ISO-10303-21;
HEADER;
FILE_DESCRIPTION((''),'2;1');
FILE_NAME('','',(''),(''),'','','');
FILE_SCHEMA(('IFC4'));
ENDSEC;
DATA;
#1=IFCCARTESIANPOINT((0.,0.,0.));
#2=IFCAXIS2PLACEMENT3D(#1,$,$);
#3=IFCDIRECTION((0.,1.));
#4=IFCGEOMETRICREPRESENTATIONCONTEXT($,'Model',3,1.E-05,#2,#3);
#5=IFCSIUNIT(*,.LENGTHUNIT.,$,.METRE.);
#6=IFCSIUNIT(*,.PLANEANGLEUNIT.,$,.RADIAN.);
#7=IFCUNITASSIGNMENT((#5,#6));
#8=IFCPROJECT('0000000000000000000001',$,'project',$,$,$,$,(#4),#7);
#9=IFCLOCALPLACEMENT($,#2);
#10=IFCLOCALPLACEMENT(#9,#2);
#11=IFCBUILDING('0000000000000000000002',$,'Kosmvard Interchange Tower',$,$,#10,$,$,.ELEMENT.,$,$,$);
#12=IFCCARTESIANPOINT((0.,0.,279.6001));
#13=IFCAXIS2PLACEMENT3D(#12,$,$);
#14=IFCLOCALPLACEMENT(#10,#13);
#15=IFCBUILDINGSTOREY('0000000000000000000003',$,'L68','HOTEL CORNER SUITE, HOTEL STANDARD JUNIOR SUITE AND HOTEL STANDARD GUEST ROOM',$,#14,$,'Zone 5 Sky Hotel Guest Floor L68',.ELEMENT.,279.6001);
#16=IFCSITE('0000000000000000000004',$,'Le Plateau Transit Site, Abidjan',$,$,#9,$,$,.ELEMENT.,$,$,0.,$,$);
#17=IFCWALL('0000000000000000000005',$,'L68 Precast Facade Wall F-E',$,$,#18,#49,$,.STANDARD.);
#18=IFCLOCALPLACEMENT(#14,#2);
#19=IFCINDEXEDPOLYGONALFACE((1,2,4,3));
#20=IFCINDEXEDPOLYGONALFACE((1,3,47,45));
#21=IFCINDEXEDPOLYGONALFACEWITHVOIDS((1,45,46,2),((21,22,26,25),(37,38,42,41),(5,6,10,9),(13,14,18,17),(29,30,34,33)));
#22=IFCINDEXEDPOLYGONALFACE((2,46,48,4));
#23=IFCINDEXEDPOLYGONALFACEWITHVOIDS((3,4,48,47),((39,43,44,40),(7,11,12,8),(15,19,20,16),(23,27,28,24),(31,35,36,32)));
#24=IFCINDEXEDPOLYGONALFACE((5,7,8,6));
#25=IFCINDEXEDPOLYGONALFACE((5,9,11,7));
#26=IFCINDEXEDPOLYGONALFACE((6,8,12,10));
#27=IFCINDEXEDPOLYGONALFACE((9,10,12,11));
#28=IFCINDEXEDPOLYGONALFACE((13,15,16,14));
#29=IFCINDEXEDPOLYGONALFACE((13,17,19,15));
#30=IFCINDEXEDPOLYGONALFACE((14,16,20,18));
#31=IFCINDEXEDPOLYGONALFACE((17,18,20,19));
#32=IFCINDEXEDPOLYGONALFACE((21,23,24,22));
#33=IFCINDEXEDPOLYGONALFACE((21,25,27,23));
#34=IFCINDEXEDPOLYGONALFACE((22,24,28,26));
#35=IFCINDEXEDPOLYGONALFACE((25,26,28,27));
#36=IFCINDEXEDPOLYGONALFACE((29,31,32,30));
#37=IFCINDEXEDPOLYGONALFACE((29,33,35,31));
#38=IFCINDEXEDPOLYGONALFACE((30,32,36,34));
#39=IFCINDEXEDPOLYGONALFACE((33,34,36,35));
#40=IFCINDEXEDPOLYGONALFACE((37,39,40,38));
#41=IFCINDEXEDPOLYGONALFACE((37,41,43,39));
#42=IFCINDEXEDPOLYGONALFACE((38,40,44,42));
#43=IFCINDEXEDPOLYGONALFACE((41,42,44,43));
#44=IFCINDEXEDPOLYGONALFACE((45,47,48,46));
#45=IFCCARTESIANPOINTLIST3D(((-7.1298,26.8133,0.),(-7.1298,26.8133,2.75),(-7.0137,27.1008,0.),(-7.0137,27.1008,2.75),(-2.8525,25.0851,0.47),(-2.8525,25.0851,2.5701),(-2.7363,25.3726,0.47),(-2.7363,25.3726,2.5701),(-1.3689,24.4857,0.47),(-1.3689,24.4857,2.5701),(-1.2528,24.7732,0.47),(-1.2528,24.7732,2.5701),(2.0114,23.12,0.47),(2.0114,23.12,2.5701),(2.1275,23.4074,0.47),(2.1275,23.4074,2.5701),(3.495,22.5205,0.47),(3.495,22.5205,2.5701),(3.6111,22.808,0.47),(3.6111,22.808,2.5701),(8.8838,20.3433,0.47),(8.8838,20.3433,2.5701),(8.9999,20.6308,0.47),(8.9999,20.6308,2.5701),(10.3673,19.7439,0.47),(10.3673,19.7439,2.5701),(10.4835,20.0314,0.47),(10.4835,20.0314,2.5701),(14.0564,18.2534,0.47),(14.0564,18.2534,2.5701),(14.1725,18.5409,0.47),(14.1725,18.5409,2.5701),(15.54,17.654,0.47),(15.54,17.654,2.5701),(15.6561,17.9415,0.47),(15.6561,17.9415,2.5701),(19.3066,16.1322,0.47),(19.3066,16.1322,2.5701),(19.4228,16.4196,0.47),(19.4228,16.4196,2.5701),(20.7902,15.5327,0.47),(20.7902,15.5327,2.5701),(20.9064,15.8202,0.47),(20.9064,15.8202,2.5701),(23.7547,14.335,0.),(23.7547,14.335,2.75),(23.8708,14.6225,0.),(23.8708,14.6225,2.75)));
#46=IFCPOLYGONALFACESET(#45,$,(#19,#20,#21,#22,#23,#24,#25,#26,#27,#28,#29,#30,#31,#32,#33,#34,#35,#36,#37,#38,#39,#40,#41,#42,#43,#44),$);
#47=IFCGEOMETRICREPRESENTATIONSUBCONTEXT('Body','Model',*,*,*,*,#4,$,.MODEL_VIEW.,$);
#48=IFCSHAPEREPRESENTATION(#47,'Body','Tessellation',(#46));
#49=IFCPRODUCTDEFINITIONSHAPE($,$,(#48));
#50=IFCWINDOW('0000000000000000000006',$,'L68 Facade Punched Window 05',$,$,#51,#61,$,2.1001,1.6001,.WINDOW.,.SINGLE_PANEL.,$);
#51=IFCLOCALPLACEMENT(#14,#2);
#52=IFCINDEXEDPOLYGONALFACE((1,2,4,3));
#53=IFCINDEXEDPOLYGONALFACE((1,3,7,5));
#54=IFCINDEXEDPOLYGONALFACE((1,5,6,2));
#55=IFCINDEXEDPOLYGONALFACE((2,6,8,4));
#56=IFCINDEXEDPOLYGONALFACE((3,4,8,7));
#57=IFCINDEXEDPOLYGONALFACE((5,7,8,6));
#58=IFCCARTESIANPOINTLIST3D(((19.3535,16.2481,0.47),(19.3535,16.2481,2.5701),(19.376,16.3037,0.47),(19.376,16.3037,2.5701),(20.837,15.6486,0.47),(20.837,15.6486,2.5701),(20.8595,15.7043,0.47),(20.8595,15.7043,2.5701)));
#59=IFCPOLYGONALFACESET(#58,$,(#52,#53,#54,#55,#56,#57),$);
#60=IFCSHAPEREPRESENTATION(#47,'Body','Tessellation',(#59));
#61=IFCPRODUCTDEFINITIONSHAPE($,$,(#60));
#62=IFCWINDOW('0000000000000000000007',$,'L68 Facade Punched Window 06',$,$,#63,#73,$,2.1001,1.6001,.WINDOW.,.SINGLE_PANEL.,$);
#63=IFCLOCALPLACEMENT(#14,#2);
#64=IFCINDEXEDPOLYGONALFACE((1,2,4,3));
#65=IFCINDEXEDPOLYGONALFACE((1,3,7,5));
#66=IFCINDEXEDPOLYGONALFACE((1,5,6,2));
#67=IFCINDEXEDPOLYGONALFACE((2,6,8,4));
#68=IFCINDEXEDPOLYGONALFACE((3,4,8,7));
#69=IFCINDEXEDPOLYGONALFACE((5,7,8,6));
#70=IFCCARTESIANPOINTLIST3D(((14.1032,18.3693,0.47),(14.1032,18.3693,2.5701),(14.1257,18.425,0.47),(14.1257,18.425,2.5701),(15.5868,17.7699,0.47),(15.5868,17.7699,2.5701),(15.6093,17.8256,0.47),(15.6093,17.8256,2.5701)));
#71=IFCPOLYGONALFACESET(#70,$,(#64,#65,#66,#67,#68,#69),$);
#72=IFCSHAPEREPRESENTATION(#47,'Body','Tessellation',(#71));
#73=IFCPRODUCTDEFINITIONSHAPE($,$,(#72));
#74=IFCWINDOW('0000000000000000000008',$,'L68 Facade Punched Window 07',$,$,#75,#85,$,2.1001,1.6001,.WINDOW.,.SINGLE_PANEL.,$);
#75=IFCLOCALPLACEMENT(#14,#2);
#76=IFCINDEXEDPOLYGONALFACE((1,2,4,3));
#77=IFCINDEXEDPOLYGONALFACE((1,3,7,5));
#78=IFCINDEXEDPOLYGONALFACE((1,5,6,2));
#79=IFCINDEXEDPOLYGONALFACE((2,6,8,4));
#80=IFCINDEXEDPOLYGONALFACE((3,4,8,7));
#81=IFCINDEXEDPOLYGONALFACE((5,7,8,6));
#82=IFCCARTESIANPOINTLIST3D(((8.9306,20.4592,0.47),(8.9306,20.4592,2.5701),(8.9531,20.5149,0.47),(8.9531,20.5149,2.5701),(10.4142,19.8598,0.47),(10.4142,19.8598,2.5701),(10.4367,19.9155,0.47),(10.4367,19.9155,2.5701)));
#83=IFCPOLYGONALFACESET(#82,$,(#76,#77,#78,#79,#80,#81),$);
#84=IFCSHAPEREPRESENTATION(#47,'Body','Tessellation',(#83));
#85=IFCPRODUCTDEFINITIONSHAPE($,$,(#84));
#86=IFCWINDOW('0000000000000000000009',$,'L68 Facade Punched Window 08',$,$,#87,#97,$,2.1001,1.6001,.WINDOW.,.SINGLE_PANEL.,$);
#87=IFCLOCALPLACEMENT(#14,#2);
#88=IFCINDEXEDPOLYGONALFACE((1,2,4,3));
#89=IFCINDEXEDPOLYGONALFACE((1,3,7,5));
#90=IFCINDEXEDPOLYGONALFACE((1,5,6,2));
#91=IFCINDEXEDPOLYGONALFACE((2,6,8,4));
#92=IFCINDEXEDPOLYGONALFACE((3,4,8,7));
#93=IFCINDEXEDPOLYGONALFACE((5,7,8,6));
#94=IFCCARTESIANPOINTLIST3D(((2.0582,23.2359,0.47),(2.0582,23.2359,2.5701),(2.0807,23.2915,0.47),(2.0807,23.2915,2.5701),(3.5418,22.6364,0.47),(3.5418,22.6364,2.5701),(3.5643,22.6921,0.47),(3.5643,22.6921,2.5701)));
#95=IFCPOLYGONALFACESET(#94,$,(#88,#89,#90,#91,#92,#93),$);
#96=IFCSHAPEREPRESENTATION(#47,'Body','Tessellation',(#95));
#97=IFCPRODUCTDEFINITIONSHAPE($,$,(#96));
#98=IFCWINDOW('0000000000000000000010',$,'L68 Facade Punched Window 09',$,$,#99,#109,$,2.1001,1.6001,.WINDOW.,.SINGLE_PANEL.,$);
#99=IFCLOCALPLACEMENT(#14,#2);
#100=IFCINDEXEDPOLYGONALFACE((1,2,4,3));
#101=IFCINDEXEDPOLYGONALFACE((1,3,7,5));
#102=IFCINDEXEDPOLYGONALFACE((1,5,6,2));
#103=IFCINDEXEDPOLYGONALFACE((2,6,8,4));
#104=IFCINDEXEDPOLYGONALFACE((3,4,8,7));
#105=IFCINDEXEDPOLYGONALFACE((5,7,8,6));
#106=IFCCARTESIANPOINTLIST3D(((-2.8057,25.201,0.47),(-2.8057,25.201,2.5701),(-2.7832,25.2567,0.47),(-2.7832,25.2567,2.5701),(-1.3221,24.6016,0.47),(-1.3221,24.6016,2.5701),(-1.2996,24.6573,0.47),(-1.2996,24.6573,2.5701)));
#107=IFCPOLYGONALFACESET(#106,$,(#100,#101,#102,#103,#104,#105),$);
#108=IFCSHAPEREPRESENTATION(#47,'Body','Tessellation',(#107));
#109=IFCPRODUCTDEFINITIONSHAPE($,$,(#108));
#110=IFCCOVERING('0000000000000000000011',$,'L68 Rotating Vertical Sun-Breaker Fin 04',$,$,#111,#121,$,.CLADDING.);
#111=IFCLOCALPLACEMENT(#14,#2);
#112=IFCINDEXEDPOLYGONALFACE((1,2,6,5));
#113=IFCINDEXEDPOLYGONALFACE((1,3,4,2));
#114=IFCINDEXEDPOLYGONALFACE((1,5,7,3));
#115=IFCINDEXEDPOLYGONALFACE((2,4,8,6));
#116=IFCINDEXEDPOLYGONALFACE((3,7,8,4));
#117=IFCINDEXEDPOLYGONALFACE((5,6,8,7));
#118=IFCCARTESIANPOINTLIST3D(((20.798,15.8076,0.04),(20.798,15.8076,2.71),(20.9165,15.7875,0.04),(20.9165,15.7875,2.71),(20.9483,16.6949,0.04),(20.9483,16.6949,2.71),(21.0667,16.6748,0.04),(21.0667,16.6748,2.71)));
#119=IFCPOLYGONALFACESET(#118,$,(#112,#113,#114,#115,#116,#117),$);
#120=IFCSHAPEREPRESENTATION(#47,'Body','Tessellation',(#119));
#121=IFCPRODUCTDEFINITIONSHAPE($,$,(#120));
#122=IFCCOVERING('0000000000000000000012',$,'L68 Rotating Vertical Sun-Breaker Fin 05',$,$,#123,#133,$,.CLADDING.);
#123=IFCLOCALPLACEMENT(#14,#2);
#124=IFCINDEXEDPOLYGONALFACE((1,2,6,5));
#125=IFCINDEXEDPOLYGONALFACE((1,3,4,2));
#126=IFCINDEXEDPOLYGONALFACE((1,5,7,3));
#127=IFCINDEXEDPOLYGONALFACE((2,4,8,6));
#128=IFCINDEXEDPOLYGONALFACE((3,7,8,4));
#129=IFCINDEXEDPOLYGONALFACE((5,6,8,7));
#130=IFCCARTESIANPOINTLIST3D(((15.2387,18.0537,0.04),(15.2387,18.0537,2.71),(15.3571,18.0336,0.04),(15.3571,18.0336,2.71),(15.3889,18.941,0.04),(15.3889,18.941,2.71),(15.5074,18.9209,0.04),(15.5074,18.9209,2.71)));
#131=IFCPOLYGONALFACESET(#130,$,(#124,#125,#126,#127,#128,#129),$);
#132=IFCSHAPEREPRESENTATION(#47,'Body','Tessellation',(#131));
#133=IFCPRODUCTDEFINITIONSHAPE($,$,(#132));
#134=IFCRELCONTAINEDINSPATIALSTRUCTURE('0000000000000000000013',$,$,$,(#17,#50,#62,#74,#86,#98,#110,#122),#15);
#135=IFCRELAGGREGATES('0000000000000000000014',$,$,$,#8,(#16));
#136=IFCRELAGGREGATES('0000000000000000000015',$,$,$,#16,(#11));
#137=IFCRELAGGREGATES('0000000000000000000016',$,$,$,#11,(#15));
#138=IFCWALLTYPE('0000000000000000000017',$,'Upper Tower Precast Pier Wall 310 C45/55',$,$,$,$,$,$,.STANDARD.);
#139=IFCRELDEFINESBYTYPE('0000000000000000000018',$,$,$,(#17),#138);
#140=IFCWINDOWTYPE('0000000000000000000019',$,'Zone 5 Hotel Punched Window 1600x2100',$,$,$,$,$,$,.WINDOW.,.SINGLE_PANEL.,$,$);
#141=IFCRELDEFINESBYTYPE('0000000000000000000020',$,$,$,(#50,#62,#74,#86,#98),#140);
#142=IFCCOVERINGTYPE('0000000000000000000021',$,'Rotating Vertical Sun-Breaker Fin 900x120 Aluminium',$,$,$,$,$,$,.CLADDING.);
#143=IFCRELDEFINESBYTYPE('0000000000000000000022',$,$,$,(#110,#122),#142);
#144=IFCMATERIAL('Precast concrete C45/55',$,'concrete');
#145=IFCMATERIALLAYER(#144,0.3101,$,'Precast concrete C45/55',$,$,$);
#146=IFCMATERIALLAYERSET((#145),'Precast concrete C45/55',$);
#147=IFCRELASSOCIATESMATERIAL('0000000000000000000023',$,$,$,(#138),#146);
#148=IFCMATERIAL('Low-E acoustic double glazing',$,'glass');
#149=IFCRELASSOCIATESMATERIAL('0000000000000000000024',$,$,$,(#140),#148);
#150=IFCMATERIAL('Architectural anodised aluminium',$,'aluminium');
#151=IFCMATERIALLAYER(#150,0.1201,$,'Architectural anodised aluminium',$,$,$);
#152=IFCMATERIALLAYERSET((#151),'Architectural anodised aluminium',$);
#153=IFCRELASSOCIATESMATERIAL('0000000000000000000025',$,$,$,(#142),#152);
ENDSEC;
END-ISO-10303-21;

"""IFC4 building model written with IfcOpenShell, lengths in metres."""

from ifc_helpers import new_model, si_unit, direction, frame, frame_2d, origin, origin_2d, place, context, subcontext, project, spatial, rectangle, extrude, source, transform, mapped, material, layer, layer_set, type_object, element, fill, save


model = new_model("IFC4")

# Units and contexts
model_context = context("Model", 3, precision=1e-05, world=origin(), true_north=direction((0.0, 1.0)))
body_context = subcontext(model_context, "Body", "Model", "MODEL_VIEW")
ifc_project = project(units=[si_unit("LENGTHUNIT", "METRE"), si_unit("PLANEANGLEUNIT", "RADIAN")], contexts=[model_context])

# Site, building, storey
site_placement = place(None, origin())
site = spatial("IfcSite", under=ifc_project, at=site_placement, Name="Le Plateau Transit Site, Abidjan", CompositionType="ELEMENT", RefElevation=0.0)
building_placement = place(site_placement, origin())
building = spatial("IfcBuilding", under=site, at=building_placement, Name="Kosmvard Interchange Tower", CompositionType="ELEMENT")
storey_placement = place(building_placement, frame((0.0, 0.0, 279.6001)))
storey = spatial("IfcBuildingStorey", under=building, at=storey_placement, Name="L68", Description="HOTEL CORNER SUITE, HOTEL STANDARD JUNIOR SUITE AND HOTEL STANDARD GUEST ROOM", LongName="Zone 5 Sky Hotel Guest Floor L68", CompositionType="ELEMENT", Elevation=279.6001)

# Wall, openings, windows
ifc_material_1 = material(Name="Precast concrete C45/55", Category="concrete")
ifc_layer_1 = layer(ifc_material_1, 0.3101, Name="Precast concrete C45/55")
ifc_layer_set_1 = layer_set([ifc_layer_1], Name="Precast concrete C45/55")
wall_type = type_object("IfcWallType", Name="Upper Tower Precast Pier Wall 310 C45/55", PredefinedType="STANDARD", material=ifc_layer_set_1)
wall_placement = place(storey_placement, frame((23.8127, 14.4788, 0.0), z_axis=(0.0, 0.0, 1.0), x_axis=(-0.927183, 0.37461, 0.0)))
wall = element("IfcWall", 1, at=wall_placement, inside=storey, type_object=wall_type, Name="L68 Precast Facade Wall F-E", PredefinedType="STANDARD", context=body_context, shape_type="SweptSolid", body=[
    extrude(rectangle(XDim=33.3101, YDim=0.3101, at=frame_2d((16.655, 0.0))), origin(), (0.0, 0.0, 1.0), 2.75),
])
opening_1_placement = place(wall_placement, frame((3.1973, 0.0, 0.47)))
opening_1 = element("IfcOpeningElement", 2, at=opening_1_placement, cuts=wall, PredefinedType="OPENING", context=body_context, shape_type="SweptSolid", body=[
    extrude(rectangle(XDim=1.6001, YDim=2.1001, at=frame_2d((0.8, 1.05))), frame((0.0, 0.165, 0.0), z_axis=(0.0, -1.0, 0.0), x_axis=(1.0, 0.0, 0.0)), (0.0, 0.0, 1.0), 0.3301),
])
opening_2_placement = place(wall_placement, frame((8.8599, 0.0, 0.47)))
opening_2 = element("IfcOpeningElement", 3, at=opening_2_placement, cuts=wall, PredefinedType="OPENING", context=body_context, shape_type="SweptSolid", body=[
    extrude(rectangle(XDim=1.6001, YDim=2.1001, at=frame_2d((0.8, 1.05))), frame((0.0, 0.165, 0.0), z_axis=(0.0, -1.0, 0.0), x_axis=(1.0, 0.0, 0.0)), (0.0, 0.0, 1.0), 0.3301),
])
opening_3_placement = place(wall_placement, frame((14.4387, 0.0, 0.47)))
opening_3 = element("IfcOpeningElement", 4, at=opening_3_placement, cuts=wall, PredefinedType="OPENING", context=body_context, shape_type="SweptSolid", body=[
    extrude(rectangle(XDim=1.6001, YDim=2.1001, at=frame_2d((0.8, 1.05))), frame((0.0, 0.165, 0.0), z_axis=(0.0, -1.0, 0.0), x_axis=(1.0, 0.0, 0.0)), (0.0, 0.0, 1.0), 0.3301),
])
opening_4_placement = place(wall_placement, frame((21.8508, 0.0, 0.47)))
opening_4 = element("IfcOpeningElement", 5, at=opening_4_placement, cuts=wall, PredefinedType="OPENING", context=body_context, shape_type="SweptSolid", body=[
    extrude(rectangle(XDim=1.6001, YDim=2.1001, at=frame_2d((0.8, 1.05))), frame((0.0, 0.165, 0.0), z_axis=(0.0, -1.0, 0.0), x_axis=(1.0, 0.0, 0.0)), (0.0, 0.0, 1.0), 0.3301),
])
opening_5_placement = place(wall_placement, frame((27.0967, 0.0, 0.47)))
opening_5 = element("IfcOpeningElement", 6, at=opening_5_placement, cuts=wall, PredefinedType="OPENING", context=body_context, shape_type="SweptSolid", body=[
    extrude(rectangle(XDim=1.6001, YDim=2.1001, at=frame_2d((0.8, 1.05))), frame((0.0, 0.165, 0.0), z_axis=(0.0, -1.0, 0.0), x_axis=(1.0, 0.0, 0.0)), (0.0, 0.0, 1.0), 0.3301),
])
ifc_material_2 = material(Name="Low-E acoustic double glazing", Category="glass")
window_type = type_object("IfcWindowType", Name="Zone 5 Hotel Punched Window 1600x2100", PartitioningType="SINGLE_PANEL", PredefinedType="WINDOW", material=ifc_material_2)
shared_shape_1 = source(origin(), body_context, "Body", "SweptSolid", [
    extrude(rectangle(XDim=1.6001, YDim=2.1001, at=frame_2d((0.8, 1.05))), frame((0.0, 0.03, 0.0), z_axis=(0.0, -1.0, 0.0), x_axis=(1.0, 0.0, 0.0)), (0.0, 0.0, 1.0), 0.0601),
])
window_1_placement = place(opening_1_placement, origin())
window_1 = element("IfcWindow", 7, at=window_1_placement, inside=storey, type_object=window_type, Name="L68 Facade Punched Window 05", OverallHeight=2.1001, OverallWidth=1.6001, PartitioningType="SINGLE_PANEL", PredefinedType="WINDOW", context=body_context, shape_type="MappedRepresentation", body=[
    mapped(shared_shape_1, transform((0.0, 0.0, 0.0), scale=1.0)),
])
fill(opening_1, window_1)
window_2_placement = place(opening_2_placement, origin())
window_2 = element("IfcWindow", 8, at=window_2_placement, inside=storey, type_object=window_type, Name="L68 Facade Punched Window 06", OverallHeight=2.1001, OverallWidth=1.6001, PartitioningType="SINGLE_PANEL", PredefinedType="WINDOW", context=body_context, shape_type="MappedRepresentation", body=[
    mapped(shared_shape_1, transform((0.0, 0.0, 0.0), scale=1.0)),
])
fill(opening_2, window_2)
window_3_placement = place(opening_3_placement, origin())
window_3 = element("IfcWindow", 9, at=window_3_placement, inside=storey, type_object=window_type, Name="L68 Facade Punched Window 07", OverallHeight=2.1001, OverallWidth=1.6001, PartitioningType="SINGLE_PANEL", PredefinedType="WINDOW", context=body_context, shape_type="MappedRepresentation", body=[
    mapped(shared_shape_1, transform((0.0, 0.0, 0.0), scale=1.0)),
])
fill(opening_3, window_3)
window_4_placement = place(opening_4_placement, origin())
window_4 = element("IfcWindow", 10, at=window_4_placement, inside=storey, type_object=window_type, Name="L68 Facade Punched Window 08", OverallHeight=2.1001, OverallWidth=1.6001, PartitioningType="SINGLE_PANEL", PredefinedType="WINDOW", context=body_context, shape_type="MappedRepresentation", body=[
    mapped(shared_shape_1, transform((0.0, 0.0, 0.0), scale=1.0)),
])
fill(opening_4, window_4)
window_5_placement = place(opening_5_placement, origin())
window_5 = element("IfcWindow", 11, at=window_5_placement, inside=storey, type_object=window_type, Name="L68 Facade Punched Window 09", OverallHeight=2.1001, OverallWidth=1.6001, PartitioningType="SINGLE_PANEL", PredefinedType="WINDOW", context=body_context, shape_type="MappedRepresentation", body=[
    mapped(shared_shape_1, transform((0.0, 0.0, 0.0), scale=1.0)),
])
fill(opening_5, window_5)

# Coverings
ifc_material_3 = material(Name="Architectural anodised aluminium", Category="aluminium")
ifc_layer_2 = layer(ifc_material_3, 0.1201, Name="Architectural anodised aluminium")
ifc_layer_set_2 = layer_set([ifc_layer_2], Name="Architectural anodised aluminium")
covering_type = type_object("IfcCoveringType", Name="Rotating Vertical Sun-Breaker Fin 900x120 Aluminium", PredefinedType="CLADDING", material=ifc_layer_set_2)
shared_shape_2 = source(origin(), body_context, "Body", "SweptSolid", [
    extrude(rectangle(XDim=0.8999, YDim=0.1201, at=origin_2d()), origin(), (0.0, 0.0, 1.0), 2.6699),
])
for number, where, z_axis, x_axis, name in (
    (12, (20.9324, 16.2412, 0.04), (0.0, 0.0, 1.0), (0.166941, 0.985967, 0.0), "L68 Rotating Vertical Sun-Breaker Fin 04"),
    (13, (15.373, 18.4873, 0.04), (0.0, 0.0, 1.0), (0.166941, 0.985967, 0.0), "L68 Rotating Vertical Sun-Breaker Fin 05"),
):
    element("IfcCovering", number, at=place(storey_placement, frame(where, z_axis=z_axis, x_axis=x_axis)), inside=storey, type_object=covering_type, Name=name, PredefinedType="CLADDING", context=body_context, shape_type="MappedRepresentation", body=[
        mapped(shared_shape_2, transform((0.0, 0.0, 0.0), scale=1.0)),
    ])

save(model, "model.ifc")
